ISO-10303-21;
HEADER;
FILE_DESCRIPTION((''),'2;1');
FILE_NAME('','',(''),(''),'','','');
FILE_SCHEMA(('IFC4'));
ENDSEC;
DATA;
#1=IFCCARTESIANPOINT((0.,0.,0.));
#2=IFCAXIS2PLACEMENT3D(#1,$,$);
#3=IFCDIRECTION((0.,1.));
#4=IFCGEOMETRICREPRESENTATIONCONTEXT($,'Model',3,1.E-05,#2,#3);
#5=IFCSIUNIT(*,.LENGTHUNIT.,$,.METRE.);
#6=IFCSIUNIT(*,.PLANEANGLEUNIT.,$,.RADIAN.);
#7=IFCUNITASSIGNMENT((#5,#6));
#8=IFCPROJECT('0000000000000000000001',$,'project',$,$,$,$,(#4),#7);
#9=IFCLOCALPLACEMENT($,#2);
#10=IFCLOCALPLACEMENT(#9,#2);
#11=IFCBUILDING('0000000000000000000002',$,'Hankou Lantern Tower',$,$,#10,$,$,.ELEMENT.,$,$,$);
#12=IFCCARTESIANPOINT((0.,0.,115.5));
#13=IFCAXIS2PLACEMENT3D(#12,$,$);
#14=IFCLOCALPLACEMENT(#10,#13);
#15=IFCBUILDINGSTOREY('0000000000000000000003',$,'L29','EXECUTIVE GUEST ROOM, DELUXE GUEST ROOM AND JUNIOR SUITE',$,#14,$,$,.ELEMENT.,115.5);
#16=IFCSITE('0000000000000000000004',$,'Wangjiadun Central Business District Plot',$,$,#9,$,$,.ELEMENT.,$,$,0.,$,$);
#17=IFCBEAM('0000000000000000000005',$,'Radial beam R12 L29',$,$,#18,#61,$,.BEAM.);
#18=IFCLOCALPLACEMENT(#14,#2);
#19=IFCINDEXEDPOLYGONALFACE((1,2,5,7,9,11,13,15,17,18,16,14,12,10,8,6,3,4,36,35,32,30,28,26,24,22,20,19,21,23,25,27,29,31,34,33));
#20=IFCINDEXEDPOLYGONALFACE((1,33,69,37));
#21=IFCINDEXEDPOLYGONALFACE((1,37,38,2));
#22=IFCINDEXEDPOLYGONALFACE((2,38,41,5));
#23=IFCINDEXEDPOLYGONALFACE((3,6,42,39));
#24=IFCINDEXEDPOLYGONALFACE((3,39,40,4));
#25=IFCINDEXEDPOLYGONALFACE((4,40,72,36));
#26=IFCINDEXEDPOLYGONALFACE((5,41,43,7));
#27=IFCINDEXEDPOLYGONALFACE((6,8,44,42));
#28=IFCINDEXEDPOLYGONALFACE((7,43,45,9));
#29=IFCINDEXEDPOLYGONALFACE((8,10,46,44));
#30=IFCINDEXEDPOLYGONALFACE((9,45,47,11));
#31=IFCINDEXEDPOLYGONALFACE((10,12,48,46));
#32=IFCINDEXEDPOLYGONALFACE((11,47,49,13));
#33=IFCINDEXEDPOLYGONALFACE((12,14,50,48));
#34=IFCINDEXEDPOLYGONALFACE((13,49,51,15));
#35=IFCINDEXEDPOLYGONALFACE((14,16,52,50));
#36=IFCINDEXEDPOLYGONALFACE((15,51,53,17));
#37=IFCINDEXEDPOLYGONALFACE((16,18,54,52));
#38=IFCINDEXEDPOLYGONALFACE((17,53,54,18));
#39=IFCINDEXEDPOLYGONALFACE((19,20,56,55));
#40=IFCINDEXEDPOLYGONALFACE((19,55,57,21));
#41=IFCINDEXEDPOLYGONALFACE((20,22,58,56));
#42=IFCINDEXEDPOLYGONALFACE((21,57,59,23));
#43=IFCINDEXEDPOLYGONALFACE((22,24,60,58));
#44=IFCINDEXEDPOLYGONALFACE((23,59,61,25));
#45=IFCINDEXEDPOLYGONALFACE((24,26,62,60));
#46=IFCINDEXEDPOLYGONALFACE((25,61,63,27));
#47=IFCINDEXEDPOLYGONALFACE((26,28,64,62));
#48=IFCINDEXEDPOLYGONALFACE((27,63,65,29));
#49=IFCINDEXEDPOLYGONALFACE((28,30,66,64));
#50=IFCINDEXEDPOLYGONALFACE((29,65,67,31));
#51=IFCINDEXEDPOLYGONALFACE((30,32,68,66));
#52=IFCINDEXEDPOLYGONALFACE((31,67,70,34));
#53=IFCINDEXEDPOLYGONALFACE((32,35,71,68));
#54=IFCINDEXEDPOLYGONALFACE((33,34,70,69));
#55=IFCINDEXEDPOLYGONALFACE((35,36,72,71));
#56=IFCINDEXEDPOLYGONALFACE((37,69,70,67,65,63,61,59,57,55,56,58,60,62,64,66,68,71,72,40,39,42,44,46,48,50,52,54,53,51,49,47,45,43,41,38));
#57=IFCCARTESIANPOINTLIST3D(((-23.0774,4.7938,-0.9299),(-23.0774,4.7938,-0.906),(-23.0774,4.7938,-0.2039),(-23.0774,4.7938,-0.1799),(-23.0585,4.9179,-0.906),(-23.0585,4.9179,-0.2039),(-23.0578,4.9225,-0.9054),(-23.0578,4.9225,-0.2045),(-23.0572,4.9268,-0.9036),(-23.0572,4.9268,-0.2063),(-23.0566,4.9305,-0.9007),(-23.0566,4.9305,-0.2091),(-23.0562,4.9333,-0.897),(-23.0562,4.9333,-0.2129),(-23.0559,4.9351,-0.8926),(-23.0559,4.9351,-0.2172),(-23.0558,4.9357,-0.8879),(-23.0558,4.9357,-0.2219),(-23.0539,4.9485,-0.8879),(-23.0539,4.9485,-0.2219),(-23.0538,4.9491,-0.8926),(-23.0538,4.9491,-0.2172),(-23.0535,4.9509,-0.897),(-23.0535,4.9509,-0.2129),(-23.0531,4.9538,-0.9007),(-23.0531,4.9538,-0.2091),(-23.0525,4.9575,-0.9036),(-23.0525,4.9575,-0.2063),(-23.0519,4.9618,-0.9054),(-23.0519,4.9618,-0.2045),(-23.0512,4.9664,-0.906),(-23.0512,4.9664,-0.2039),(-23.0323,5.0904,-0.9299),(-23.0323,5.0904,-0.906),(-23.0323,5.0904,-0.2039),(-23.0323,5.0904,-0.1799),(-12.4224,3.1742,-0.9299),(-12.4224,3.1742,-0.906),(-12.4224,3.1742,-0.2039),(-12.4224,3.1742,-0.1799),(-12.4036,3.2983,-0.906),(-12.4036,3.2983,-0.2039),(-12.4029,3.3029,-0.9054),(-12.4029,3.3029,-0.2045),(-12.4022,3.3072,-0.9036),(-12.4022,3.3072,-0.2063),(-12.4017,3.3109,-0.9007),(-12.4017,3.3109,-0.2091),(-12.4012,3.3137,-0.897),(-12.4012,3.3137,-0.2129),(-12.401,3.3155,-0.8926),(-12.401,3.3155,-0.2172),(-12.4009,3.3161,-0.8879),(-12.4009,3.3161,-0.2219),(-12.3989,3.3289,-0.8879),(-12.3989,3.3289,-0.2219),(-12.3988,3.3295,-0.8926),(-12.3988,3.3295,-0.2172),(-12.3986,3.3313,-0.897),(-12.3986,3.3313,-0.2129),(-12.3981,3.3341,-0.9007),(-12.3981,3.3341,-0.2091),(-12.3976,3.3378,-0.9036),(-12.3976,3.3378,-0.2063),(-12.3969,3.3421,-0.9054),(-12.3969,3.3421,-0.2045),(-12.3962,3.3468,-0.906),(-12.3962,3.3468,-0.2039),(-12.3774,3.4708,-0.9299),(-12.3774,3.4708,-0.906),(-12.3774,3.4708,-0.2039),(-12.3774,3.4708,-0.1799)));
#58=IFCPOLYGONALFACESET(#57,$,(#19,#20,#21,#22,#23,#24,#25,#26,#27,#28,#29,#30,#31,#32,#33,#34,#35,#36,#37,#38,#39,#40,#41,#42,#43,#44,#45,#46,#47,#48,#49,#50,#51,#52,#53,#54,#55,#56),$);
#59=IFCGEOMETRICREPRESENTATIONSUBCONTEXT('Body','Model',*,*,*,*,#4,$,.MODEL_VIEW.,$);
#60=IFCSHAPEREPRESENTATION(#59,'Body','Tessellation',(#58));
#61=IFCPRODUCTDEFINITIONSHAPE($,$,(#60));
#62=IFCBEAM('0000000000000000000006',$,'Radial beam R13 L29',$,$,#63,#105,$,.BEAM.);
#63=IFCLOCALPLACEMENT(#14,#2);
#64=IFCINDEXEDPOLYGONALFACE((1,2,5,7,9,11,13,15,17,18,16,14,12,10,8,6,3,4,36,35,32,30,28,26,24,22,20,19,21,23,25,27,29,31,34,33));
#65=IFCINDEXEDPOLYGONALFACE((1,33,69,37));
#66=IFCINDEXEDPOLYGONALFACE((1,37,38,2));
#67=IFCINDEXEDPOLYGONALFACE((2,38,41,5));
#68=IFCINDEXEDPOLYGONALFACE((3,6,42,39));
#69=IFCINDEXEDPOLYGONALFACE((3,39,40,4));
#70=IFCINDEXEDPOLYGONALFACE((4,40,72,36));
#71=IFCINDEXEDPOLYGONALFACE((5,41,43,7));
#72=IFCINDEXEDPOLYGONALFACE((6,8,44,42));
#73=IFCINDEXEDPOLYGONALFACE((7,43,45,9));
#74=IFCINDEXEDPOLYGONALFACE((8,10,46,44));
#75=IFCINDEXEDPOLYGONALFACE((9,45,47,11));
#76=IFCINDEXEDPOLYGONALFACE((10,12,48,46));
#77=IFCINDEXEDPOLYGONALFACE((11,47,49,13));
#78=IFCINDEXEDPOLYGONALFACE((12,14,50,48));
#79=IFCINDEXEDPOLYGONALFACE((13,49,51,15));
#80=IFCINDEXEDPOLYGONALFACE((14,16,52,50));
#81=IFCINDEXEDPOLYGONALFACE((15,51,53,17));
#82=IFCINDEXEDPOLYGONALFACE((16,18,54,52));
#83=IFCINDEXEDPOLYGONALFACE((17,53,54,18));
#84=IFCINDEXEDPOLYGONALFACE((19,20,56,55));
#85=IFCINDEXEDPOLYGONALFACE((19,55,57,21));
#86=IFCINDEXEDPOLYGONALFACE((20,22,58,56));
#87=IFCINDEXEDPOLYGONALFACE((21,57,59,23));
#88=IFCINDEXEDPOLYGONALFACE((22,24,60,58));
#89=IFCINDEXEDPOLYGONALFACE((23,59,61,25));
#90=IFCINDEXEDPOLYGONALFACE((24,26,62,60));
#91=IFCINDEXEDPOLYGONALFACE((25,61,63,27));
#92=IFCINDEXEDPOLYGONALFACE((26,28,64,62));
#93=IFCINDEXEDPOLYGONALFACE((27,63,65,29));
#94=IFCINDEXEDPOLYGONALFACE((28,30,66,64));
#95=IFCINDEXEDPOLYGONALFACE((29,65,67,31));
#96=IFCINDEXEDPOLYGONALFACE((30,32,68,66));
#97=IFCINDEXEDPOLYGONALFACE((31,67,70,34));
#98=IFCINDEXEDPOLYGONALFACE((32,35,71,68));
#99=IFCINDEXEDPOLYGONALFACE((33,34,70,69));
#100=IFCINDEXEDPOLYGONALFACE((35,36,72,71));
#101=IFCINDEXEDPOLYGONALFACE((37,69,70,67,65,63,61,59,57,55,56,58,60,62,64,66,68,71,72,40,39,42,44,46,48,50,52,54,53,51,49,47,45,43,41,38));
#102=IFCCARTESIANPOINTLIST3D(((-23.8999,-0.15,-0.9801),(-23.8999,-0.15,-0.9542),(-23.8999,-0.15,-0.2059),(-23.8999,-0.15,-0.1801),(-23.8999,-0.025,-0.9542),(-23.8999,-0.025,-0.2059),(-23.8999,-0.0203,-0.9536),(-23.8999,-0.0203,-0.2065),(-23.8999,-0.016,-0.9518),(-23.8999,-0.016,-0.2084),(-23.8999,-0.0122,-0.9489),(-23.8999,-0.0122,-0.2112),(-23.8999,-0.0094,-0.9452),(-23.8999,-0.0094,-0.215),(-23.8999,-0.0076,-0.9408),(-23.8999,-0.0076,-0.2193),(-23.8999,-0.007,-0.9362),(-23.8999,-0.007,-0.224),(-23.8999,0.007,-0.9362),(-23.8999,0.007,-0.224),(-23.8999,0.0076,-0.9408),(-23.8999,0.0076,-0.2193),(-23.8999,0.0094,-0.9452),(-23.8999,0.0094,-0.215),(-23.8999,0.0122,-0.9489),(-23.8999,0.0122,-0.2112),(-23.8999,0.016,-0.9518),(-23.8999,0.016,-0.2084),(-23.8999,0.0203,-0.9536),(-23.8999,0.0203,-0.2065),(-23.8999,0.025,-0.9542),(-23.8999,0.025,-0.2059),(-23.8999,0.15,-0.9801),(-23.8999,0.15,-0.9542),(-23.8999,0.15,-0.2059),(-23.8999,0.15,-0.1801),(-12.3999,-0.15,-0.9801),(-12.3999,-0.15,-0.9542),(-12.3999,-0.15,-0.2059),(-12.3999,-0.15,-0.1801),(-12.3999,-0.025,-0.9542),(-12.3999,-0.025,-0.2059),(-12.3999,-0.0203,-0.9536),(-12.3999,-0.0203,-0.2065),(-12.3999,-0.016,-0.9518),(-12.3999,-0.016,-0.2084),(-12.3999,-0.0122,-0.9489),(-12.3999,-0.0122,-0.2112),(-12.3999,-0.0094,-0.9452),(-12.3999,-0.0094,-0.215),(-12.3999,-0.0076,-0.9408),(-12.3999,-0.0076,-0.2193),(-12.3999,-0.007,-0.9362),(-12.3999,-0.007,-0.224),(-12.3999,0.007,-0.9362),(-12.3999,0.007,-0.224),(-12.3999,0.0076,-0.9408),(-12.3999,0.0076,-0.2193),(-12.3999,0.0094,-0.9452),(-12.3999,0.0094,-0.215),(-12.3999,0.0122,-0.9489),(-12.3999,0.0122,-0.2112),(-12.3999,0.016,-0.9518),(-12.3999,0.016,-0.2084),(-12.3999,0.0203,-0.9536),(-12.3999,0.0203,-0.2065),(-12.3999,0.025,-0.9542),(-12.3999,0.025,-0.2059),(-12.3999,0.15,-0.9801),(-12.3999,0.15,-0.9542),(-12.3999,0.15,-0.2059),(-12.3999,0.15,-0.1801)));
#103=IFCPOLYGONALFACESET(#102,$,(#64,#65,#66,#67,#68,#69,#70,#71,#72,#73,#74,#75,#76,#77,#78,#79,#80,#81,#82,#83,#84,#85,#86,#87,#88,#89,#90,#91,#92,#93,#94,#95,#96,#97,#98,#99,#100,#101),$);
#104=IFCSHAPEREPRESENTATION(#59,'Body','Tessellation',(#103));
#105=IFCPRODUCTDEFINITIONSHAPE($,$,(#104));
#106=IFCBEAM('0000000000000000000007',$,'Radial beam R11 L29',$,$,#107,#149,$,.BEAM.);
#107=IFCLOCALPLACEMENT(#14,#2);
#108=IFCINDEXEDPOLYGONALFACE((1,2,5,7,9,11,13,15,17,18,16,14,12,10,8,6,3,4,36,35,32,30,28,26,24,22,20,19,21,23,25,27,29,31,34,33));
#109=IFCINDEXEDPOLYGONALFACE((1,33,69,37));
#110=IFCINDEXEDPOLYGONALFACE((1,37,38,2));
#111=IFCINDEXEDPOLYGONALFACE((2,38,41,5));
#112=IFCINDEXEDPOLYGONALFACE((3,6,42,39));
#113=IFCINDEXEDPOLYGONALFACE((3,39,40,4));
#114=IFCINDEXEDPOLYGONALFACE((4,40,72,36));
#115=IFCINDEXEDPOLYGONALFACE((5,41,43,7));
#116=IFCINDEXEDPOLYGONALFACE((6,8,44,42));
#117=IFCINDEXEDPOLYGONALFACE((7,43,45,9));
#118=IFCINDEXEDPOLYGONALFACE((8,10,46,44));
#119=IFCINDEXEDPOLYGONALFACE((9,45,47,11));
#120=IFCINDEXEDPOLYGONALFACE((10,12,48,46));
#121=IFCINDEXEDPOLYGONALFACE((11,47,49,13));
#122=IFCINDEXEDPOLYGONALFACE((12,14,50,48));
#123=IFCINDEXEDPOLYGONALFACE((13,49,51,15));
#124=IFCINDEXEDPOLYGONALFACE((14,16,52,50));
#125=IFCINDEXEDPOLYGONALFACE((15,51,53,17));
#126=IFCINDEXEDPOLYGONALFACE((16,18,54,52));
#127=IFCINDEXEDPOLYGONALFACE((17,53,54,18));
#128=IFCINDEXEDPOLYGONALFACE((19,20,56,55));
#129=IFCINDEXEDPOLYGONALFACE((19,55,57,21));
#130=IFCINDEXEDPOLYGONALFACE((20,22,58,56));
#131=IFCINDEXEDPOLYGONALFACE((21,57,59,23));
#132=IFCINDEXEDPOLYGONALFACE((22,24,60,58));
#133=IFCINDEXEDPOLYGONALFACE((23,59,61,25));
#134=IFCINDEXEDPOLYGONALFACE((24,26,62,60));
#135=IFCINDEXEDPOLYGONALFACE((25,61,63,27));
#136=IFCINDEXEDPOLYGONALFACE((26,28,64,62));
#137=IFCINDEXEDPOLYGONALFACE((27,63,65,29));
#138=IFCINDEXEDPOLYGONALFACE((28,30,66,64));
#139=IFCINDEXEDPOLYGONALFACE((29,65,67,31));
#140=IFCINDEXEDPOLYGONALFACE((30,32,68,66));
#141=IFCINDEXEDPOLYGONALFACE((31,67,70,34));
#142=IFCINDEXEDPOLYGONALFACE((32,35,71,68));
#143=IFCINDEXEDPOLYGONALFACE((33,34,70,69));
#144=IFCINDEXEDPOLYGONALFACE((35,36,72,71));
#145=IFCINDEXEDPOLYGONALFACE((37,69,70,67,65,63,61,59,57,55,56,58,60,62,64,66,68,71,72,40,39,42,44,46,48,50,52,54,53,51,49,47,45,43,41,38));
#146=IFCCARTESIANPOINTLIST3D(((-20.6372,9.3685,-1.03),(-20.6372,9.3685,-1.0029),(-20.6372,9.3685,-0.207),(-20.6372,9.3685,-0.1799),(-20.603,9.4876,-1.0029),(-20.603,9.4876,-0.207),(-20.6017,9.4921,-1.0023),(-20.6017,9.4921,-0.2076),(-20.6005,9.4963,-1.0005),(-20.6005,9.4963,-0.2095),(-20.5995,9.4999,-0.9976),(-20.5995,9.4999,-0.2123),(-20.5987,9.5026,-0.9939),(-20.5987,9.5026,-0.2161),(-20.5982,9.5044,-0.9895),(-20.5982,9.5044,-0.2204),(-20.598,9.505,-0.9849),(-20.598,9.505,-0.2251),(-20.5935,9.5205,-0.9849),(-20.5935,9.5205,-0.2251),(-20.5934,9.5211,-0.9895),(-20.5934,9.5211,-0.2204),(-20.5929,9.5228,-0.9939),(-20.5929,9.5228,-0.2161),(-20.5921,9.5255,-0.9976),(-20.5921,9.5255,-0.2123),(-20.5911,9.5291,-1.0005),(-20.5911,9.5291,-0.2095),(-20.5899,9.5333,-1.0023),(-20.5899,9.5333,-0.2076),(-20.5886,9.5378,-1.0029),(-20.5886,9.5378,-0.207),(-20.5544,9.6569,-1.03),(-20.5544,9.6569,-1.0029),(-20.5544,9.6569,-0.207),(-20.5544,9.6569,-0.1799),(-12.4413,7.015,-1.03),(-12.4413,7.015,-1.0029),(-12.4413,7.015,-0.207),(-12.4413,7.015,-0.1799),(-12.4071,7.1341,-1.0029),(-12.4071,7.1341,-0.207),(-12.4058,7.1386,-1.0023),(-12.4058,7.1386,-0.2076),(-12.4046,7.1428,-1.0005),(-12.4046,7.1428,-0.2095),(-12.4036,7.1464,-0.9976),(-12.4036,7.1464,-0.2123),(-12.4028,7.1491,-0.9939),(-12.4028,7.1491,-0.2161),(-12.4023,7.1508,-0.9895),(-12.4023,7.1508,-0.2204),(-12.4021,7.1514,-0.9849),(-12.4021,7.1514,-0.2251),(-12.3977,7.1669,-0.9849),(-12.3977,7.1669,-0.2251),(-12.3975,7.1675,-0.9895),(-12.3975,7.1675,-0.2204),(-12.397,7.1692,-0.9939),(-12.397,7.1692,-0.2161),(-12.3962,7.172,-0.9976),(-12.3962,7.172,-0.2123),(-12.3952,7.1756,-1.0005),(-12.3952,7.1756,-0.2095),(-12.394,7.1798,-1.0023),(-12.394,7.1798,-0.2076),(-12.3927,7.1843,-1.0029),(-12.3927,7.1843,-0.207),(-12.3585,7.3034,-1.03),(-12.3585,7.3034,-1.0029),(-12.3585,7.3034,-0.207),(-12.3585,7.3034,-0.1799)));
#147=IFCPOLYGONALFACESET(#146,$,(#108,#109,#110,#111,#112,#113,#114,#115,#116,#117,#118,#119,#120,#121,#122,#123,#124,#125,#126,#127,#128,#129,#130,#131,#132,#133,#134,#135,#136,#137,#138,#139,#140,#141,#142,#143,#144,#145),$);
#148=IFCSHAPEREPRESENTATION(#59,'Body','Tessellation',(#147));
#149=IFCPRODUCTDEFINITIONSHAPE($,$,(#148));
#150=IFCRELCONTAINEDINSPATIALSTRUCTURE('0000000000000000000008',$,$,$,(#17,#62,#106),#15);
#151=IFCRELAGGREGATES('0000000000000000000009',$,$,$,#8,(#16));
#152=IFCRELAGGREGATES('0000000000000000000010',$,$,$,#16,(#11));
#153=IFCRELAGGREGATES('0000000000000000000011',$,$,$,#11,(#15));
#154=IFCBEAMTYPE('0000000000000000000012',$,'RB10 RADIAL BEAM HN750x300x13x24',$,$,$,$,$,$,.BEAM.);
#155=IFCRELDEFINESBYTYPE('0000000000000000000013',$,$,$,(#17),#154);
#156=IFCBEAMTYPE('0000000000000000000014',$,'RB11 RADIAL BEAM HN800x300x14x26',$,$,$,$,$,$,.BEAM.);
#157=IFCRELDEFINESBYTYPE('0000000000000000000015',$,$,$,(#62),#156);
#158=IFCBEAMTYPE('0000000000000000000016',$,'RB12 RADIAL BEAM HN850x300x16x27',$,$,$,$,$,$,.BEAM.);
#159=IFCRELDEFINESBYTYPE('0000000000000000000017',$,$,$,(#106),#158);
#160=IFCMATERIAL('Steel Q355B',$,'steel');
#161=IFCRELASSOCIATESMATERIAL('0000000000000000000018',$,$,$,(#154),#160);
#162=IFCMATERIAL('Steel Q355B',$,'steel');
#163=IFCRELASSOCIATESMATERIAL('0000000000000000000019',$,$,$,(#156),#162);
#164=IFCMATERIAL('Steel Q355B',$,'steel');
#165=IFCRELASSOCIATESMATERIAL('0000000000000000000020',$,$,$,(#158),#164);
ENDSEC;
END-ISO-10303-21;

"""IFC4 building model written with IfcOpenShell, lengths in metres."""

from ifc_helpers import new_model, si_unit, direction, frame, origin, origin_2d, place, context, subcontext, project, spatial, i_section, extrude, material, material_profile, profile_set, type_object, element, save


model = new_model("IFC4")

# Units and contexts
model_context = context("Model", 3, precision=1e-05, world=origin(), true_north=direction((0.0, 1.0)))
body_context = subcontext(model_context, "Body", "Model", "MODEL_VIEW")
ifc_project = project(units=[si_unit("LENGTHUNIT", "METRE"), si_unit("PLANEANGLEUNIT", "RADIAN")], contexts=[model_context])

# Site, building, storey
site_placement = place(None, origin())
site = spatial("IfcSite", under=ifc_project, at=site_placement, Name="Wangjiadun Central Business District Plot", CompositionType="ELEMENT", RefElevation=0.0)
building_placement = place(site_placement, origin())
building = spatial("IfcBuilding", under=site, at=building_placement, Name="Hankou Lantern Tower", CompositionType="ELEMENT")
storey_placement = place(building_placement, frame((0.0, 0.0, 115.5)))
storey = spatial("IfcBuildingStorey", under=building, at=storey_placement, Name="L29", Description="EXECUTIVE GUEST ROOM, DELUXE GUEST ROOM AND JUNIOR SUITE", CompositionType="ELEMENT", Elevation=115.5)

# Beams
ifc_material_1 = material(Name="Steel Q355B", Category="steel")
ifc_material_profile_1 = material_profile(ifc_material_1, i_section(OverallWidth=0.3, OverallDepth=0.75, WebThickness=0.0129, FlangeThickness=0.0239, FilletRadius=0.0181, at=origin_2d()), Name="HN750x300x13x24")
ifc_profile_set_1 = profile_set([ifc_material_profile_1], Name="Steel Q355B")
beam_type_1 = type_object("IfcBeamType", Name="RB10 RADIAL BEAM HN750x300x13x24", PredefinedType="BEAM", material=ifc_profile_set_1)
beam_1_placement = place(storey_placement, frame((-12.3999, 3.3225, -0.5549), z_axis=(-0.988644, 0.15028, 0.0), x_axis=(-0.15028, -0.988644, 0.0)))
element("IfcBeam", 1, at=beam_1_placement, inside=storey, type_object=beam_type_1, Name="Radial beam R12 L29", PredefinedType="BEAM", context=body_context, shape_type="SweptSolid", body=[
    extrude(i_section(OverallWidth=0.3, OverallDepth=0.75, WebThickness=0.0129, FlangeThickness=0.0239, FilletRadius=0.0181, at=origin_2d()), origin(), (0.0, 0.0, 1.0), 10.7773),
])
ifc_material_2 = material(Name="Steel Q355B", Category="steel")
ifc_material_profile_2 = material_profile(ifc_material_2, i_section(OverallWidth=0.3, OverallDepth=0.8, WebThickness=0.0139, FlangeThickness=0.0259, FilletRadius=0.0181, at=origin_2d()), Name="HN800x300x14x26")
ifc_profile_set_2 = profile_set([ifc_material_profile_2], Name="Steel Q355B")
beam_type_2 = type_object("IfcBeamType", Name="RB11 RADIAL BEAM HN800x300x14x26", PredefinedType="BEAM", material=ifc_profile_set_2)
beam_2_placement = place(storey_placement, frame((-12.3999, 0.0, -0.5801), z_axis=(-1.0, 0.0, 0.0), x_axis=(0.0, -1.0, 0.0)))
element("IfcBeam", 2, at=beam_2_placement, inside=storey, type_object=beam_type_2, Name="Radial beam R13 L29", PredefinedType="BEAM", context=body_context, shape_type="SweptSolid", body=[
    extrude(i_section(OverallWidth=0.3, OverallDepth=0.8, WebThickness=0.0139, FlangeThickness=0.0259, FilletRadius=0.0181, at=origin_2d()), origin(), (0.0, 0.0, 1.0), 11.5),
])
ifc_material_3 = material(Name="Steel Q355B", Category="steel")
ifc_material_profile_3 = material_profile(ifc_material_3, i_section(OverallWidth=0.3, OverallDepth=0.8501, WebThickness=0.0161, FlangeThickness=0.0271, FilletRadius=0.0181, at=origin_2d()), Name="HN850x300x16x27")
ifc_profile_set_3 = profile_set([ifc_material_profile_3], Name="Steel Q355B")
beam_type_3 = type_object("IfcBeamType", Name="RB12 RADIAL BEAM HN850x300x16x27", PredefinedType="BEAM", material=ifc_profile_set_3)
beam_3_placement = place(storey_placement, frame((-12.3999, 7.1592, -0.605), z_axis=(-0.961156, 0.276007, 0.0), x_axis=(-0.276007, -0.961156, 0.0)))
element("IfcBeam", 3, at=beam_3_placement, inside=storey, type_object=beam_type_3, Name="Radial beam R11 L29", PredefinedType="BEAM", context=body_context, shape_type="SweptSolid", body=[
    extrude(i_section(OverallWidth=0.3, OverallDepth=0.8501, WebThickness=0.0161, FlangeThickness=0.0271, FilletRadius=0.0181, at=origin_2d()), origin(), (0.0, 0.0, 1.0), 8.5271),
])

save(model, "model.ifc")
